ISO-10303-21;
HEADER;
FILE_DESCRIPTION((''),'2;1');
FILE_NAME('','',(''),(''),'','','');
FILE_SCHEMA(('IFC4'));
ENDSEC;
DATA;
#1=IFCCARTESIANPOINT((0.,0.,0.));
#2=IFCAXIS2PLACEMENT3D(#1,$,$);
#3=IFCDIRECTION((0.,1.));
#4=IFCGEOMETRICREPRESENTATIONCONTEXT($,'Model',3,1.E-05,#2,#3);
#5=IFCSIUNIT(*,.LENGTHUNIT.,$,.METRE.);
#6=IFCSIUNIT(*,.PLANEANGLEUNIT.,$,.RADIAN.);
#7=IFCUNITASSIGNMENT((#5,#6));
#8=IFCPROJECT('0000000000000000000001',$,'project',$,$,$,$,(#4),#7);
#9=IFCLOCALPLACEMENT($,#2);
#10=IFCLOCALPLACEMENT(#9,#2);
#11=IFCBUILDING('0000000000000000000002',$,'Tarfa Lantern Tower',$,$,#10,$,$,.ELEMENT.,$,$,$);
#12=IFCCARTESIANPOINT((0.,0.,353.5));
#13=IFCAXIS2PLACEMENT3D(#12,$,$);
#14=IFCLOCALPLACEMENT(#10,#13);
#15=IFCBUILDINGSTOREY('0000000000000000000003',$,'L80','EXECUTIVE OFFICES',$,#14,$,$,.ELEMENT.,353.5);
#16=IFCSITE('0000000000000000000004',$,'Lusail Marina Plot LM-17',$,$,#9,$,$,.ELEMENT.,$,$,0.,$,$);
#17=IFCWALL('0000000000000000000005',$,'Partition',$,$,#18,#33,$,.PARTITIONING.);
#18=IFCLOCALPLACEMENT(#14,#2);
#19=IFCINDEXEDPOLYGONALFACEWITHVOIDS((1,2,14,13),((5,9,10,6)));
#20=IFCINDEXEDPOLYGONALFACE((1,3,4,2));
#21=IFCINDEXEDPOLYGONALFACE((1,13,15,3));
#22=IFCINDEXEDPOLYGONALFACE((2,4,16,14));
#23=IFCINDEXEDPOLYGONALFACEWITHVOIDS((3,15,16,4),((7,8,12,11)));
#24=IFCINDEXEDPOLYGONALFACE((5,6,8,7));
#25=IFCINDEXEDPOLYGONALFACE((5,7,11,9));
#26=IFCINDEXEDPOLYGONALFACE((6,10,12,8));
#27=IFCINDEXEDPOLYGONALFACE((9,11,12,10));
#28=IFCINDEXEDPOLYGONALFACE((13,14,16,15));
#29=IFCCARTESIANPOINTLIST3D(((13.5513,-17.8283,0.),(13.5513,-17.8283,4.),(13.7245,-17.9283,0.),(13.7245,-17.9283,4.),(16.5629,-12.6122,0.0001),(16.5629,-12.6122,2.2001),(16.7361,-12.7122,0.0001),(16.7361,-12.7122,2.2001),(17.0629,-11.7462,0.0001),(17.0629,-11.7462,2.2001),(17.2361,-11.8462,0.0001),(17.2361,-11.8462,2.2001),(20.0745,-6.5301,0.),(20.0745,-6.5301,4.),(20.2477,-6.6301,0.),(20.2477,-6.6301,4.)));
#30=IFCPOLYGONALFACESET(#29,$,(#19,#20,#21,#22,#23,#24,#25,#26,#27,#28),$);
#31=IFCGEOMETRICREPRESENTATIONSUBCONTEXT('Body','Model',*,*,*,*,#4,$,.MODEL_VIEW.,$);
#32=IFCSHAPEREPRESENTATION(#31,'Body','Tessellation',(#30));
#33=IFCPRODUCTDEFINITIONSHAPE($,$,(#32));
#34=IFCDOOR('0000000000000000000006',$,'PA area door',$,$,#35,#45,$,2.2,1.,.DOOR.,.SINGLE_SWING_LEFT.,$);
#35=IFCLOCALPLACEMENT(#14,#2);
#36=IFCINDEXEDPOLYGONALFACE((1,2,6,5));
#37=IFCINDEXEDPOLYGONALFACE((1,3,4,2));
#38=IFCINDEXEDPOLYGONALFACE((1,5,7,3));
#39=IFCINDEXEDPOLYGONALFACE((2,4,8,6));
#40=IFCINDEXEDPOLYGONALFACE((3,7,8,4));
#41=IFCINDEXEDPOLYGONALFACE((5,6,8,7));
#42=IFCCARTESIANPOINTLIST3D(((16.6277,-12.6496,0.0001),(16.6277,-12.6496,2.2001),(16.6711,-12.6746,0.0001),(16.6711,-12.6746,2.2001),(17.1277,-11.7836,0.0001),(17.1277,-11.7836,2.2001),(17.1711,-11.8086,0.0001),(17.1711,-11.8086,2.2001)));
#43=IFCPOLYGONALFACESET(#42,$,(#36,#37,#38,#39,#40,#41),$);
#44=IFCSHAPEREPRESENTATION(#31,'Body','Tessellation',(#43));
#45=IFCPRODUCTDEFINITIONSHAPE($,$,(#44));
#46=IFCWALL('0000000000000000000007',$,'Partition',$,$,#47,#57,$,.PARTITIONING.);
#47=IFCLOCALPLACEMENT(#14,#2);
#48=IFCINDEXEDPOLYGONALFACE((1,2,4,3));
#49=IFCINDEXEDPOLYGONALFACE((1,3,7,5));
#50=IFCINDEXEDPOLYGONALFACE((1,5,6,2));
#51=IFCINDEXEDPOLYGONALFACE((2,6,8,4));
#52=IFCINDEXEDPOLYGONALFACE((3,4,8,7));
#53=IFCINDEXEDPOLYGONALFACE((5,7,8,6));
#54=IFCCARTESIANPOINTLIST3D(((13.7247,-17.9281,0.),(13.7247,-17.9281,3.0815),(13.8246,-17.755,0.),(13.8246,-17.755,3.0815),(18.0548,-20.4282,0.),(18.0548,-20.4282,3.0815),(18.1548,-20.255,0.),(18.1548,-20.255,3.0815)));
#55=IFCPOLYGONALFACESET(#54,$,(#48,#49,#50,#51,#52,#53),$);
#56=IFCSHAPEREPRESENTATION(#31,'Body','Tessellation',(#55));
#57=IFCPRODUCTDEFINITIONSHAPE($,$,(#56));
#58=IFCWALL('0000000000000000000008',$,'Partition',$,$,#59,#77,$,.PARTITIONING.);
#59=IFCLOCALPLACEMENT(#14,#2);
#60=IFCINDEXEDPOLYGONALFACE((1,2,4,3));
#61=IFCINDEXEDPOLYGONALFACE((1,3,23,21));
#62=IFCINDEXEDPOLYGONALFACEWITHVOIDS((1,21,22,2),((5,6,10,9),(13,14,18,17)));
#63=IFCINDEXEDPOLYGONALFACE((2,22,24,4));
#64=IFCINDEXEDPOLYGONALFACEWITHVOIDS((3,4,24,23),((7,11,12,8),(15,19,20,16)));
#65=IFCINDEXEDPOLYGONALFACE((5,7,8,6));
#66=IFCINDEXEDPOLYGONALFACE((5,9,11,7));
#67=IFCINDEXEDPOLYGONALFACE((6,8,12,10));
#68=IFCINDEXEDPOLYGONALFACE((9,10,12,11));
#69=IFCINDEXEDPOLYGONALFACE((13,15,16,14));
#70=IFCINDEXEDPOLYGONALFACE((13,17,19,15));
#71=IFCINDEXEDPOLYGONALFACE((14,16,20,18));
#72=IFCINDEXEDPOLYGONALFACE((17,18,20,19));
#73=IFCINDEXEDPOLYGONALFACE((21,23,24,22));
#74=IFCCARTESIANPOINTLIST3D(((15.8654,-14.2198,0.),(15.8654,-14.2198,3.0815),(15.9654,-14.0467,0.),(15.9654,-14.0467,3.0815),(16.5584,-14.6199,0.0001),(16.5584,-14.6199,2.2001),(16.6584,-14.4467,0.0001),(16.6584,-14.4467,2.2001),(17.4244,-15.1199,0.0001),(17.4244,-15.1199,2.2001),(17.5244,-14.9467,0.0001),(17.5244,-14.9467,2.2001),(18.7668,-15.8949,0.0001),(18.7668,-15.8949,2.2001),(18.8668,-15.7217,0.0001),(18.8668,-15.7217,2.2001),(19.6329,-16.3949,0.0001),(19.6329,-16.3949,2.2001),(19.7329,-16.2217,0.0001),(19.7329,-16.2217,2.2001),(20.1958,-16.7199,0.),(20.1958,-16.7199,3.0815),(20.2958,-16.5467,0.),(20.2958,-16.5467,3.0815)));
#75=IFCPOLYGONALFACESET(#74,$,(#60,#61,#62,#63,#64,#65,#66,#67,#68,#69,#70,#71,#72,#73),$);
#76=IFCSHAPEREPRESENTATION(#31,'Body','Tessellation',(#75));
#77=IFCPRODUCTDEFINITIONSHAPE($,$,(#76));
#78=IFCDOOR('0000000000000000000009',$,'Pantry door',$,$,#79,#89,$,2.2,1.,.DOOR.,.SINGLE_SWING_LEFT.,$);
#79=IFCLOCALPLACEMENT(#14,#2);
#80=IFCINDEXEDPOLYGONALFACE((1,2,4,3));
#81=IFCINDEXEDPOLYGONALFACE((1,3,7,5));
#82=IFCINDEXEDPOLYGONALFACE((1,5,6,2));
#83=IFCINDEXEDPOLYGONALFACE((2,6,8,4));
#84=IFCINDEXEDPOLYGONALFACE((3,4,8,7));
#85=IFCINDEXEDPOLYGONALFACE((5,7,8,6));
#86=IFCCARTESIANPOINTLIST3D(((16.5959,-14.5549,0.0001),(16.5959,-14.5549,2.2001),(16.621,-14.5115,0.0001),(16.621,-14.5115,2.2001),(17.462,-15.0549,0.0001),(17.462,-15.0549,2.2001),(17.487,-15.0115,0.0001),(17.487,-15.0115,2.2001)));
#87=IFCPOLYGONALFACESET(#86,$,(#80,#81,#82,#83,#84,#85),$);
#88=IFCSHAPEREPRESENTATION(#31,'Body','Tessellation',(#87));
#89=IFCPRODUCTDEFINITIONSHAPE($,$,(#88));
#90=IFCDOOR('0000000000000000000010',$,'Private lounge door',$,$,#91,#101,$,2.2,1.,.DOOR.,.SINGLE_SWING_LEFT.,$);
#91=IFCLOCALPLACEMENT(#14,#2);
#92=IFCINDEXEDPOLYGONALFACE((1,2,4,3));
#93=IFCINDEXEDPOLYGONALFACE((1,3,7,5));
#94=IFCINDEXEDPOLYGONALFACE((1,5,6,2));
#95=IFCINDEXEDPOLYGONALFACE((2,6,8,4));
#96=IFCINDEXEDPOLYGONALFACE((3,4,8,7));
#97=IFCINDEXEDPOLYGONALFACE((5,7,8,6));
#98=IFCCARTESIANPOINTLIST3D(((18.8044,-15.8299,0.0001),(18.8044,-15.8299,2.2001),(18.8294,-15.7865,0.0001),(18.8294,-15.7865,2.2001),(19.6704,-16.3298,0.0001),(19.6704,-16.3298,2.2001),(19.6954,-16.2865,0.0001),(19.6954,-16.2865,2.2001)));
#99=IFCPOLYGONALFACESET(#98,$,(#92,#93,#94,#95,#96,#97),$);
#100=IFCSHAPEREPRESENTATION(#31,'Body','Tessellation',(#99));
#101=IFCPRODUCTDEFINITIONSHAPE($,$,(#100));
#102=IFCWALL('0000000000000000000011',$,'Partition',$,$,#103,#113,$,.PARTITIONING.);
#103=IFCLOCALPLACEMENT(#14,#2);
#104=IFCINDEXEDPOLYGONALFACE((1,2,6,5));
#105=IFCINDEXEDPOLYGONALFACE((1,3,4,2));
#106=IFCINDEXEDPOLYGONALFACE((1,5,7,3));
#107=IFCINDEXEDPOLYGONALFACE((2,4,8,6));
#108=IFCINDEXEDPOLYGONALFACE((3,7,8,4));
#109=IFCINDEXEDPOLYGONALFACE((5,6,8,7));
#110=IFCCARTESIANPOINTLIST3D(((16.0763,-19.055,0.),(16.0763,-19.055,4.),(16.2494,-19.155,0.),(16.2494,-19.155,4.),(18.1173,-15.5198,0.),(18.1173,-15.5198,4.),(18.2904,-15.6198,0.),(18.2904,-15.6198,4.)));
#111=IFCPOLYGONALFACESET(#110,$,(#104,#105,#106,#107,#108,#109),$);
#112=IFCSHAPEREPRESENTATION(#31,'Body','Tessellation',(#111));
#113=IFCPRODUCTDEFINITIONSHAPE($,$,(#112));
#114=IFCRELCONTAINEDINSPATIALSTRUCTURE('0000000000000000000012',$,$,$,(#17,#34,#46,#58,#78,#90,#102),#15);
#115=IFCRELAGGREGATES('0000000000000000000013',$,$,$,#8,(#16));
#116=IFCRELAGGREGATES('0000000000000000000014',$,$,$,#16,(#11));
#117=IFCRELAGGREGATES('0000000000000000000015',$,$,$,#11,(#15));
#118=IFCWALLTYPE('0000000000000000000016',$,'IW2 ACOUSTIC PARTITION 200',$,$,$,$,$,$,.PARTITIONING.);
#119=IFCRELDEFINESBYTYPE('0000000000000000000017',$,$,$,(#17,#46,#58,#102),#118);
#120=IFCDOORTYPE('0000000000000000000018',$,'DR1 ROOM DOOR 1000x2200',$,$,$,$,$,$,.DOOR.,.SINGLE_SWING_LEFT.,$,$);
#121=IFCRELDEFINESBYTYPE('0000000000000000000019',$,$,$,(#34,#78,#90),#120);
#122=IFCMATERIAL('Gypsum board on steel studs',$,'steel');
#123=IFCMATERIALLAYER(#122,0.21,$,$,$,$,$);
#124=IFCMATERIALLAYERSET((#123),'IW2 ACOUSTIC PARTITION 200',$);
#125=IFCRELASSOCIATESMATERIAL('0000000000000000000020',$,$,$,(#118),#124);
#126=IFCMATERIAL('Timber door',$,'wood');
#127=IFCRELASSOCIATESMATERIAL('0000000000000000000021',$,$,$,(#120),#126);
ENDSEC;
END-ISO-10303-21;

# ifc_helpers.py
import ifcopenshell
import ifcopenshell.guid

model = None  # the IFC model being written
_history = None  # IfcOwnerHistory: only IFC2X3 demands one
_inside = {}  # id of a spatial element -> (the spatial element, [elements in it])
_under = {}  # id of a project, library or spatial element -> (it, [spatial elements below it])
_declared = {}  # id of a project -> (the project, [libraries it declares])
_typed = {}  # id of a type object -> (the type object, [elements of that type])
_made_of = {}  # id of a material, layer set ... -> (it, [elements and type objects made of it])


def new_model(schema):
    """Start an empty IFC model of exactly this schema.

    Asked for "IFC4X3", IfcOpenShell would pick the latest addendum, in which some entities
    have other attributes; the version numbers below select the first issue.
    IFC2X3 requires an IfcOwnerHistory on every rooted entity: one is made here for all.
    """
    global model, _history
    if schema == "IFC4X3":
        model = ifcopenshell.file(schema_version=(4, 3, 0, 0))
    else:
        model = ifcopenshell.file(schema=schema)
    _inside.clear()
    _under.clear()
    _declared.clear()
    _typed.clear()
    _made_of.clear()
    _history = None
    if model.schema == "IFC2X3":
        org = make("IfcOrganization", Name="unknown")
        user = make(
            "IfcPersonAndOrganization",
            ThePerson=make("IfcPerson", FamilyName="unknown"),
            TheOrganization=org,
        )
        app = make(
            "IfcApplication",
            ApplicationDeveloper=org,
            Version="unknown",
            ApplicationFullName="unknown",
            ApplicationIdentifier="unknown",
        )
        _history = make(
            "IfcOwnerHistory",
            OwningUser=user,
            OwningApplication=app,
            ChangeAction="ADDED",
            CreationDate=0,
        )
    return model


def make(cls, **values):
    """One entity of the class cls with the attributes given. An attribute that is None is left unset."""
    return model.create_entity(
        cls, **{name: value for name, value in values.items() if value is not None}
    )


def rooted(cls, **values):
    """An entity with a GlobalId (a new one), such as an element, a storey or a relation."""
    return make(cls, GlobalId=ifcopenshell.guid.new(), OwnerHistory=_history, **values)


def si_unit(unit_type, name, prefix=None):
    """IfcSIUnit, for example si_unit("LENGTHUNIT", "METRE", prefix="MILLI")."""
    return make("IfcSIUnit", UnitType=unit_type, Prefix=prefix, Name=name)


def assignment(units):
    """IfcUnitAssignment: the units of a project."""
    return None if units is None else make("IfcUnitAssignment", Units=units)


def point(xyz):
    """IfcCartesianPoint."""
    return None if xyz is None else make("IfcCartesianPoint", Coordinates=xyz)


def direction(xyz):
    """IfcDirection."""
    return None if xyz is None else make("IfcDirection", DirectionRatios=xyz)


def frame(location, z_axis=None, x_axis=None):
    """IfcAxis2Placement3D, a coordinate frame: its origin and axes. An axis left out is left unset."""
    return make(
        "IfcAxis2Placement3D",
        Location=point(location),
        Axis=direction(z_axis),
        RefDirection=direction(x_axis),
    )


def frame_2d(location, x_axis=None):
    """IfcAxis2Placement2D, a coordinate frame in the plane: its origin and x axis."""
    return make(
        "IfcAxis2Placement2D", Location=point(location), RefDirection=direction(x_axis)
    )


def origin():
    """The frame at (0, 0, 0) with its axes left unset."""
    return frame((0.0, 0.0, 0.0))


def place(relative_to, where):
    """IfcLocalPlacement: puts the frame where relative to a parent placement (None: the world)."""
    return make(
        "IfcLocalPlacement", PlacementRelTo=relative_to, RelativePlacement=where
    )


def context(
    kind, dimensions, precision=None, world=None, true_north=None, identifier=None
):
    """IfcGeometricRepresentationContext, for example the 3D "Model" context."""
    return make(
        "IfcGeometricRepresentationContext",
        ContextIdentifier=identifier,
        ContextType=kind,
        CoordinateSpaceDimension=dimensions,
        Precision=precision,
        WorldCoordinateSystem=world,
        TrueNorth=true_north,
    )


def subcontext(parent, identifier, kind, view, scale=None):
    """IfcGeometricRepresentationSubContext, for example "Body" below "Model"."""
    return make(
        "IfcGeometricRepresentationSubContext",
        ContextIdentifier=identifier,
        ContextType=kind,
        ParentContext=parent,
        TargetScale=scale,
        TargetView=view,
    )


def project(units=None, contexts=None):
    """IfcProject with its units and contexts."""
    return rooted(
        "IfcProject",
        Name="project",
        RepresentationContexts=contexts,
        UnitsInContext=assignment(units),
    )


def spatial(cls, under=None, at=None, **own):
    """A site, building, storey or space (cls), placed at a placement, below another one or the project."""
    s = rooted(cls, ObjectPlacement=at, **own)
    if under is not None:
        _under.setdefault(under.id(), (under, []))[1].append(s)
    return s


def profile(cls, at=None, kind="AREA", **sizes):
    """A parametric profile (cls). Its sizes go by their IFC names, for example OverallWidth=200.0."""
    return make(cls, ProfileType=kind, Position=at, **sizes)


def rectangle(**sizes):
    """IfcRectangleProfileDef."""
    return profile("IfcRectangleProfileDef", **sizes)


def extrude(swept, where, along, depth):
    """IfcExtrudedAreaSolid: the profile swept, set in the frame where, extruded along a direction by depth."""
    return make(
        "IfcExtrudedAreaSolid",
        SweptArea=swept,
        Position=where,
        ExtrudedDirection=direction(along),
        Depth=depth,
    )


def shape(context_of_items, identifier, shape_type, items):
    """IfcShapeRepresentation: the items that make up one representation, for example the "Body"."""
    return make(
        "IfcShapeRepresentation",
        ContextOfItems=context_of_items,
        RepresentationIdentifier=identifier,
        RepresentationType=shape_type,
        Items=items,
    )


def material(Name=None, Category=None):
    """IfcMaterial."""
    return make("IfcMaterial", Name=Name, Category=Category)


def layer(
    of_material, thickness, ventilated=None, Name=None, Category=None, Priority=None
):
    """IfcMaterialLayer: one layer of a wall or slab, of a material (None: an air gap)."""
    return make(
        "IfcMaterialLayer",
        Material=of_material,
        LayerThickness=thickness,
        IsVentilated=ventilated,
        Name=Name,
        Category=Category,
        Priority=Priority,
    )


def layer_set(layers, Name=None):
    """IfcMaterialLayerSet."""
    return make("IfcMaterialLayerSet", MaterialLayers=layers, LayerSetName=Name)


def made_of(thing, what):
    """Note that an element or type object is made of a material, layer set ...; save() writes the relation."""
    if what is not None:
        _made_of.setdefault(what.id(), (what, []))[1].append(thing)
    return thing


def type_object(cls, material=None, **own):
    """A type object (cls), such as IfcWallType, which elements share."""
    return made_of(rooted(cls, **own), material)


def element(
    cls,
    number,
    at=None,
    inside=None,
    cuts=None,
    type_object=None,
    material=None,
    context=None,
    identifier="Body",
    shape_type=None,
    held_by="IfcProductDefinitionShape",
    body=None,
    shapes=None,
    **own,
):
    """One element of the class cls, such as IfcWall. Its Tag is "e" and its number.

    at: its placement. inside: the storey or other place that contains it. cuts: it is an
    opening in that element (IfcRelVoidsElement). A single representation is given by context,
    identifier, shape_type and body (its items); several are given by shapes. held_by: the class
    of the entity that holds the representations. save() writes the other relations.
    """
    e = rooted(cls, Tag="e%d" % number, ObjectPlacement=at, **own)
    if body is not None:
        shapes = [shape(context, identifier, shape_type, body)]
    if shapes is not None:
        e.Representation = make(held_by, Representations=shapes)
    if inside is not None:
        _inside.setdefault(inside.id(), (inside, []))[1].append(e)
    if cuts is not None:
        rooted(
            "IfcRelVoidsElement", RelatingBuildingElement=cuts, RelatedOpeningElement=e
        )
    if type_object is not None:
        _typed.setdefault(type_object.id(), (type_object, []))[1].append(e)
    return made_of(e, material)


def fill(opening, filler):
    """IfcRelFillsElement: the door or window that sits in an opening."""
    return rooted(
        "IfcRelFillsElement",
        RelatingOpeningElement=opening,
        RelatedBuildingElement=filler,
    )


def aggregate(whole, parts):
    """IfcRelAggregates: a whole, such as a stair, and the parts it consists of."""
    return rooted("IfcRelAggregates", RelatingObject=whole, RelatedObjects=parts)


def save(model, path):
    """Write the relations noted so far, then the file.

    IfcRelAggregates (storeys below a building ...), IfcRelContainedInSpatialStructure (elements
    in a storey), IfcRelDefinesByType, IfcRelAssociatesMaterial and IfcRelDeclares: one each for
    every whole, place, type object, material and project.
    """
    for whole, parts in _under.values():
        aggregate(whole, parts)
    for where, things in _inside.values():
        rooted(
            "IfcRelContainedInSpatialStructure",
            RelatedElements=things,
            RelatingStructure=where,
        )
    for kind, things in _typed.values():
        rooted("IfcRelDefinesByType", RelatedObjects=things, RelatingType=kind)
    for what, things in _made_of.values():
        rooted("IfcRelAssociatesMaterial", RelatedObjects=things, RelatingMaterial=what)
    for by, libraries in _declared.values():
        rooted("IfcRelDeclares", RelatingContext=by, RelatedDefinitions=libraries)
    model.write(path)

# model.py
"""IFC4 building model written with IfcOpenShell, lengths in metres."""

from ifc_helpers import new_model, si_unit, direction, frame, frame_2d, origin, place, context, subcontext, project, spatial, rectangle, extrude, material, layer, layer_set, type_object, element, fill, save


model = new_model("IFC4")

# Units and contexts
model_context = context("Model", 3, precision=1e-05, world=origin(), true_north=direction((0.0, 1.0)))
body_context = subcontext(model_context, "Body", "Model", "MODEL_VIEW")
ifc_project = project(units=[si_unit("LENGTHUNIT", "METRE"), si_unit("PLANEANGLEUNIT", "RADIAN")], contexts=[model_context])

# Site, building, storey
site_placement = place(None, origin())
site = spatial("IfcSite", under=ifc_project, at=site_placement, Name="Lusail Marina Plot LM-17", CompositionType="ELEMENT", RefElevation=0.0)
building_placement = place(site_placement, origin())
building = spatial("IfcBuilding", under=site, at=building_placement, Name="Tarfa Lantern Tower", CompositionType="ELEMENT")
storey_placement = place(building_placement, frame((0.0, 0.0, 353.5)))
storey = spatial("IfcBuildingStorey", under=building, at=storey_placement, Name="L80", Description="EXECUTIVE OFFICES", CompositionType="ELEMENT", Elevation=353.5)

# Wall, opening, door
ifc_material_1 = material(Name="Gypsum board on steel studs", Category="steel")
ifc_layer_1 = layer(ifc_material_1, 0.21)
ifc_layer_set_1 = layer_set([ifc_layer_1], Name="IW2 ACOUSTIC PARTITION 200")
wall_type_1 = type_object("IfcWallType", Name="IW2 ACOUSTIC PARTITION 200", PredefinedType="PARTITIONING", material=ifc_layer_set_1)
wall_1_placement = place(storey_placement, frame((13.6379, -17.8782, 0.0), z_axis=(0.0, 0.0, 1.0), x_axis=(0.500013, 0.866018, 0.0)))
wall_1 = element("IfcWall", 1, at=wall_1_placement, inside=storey, type_object=wall_type_1, Name="Partition", PredefinedType="PARTITIONING", context=body_context, shape_type="SweptSolid", body=[
    extrude(rectangle(XDim=13.0461, YDim=0.2, at=frame_2d((6.5229, 0.0))), origin(), (0.0, 0.0, 1.0), 4.0),
])
opening_1_placement = place(wall_1_placement, frame((6.0229, 0.0, 0.0)))
opening_1 = element("IfcOpeningElement", 2, at=opening_1_placement, cuts=wall_1, PredefinedType="OPENING", context=body_context, shape_type="SweptSolid", body=[
    extrude(rectangle(XDim=1.0, YDim=2.2, at=frame_2d((0.5, 1.1001))), frame((0.0, 0.1099, 0.0), z_axis=(0.0, -1.0, 0.0), x_axis=(1.0, 0.0, 0.0)), (0.0, 0.0, 1.0), 0.22),
])
ifc_material_2 = material(Name="Timber door", Category="wood")
door_type_1 = type_object("IfcDoorType", Name="DR1 ROOM DOOR 1000x2200", OperationType="SINGLE_SWING_LEFT", PredefinedType="DOOR", material=ifc_material_2)
door_1_placement = place(opening_1_placement, frame((1.0, 0.0, 0.0), z_axis=(0.0, 0.0, 1.0), x_axis=(-1.0, 0.0, 0.0)))
door_1 = element("IfcDoor", 3, at=door_1_placement, inside=storey, type_object=door_type_1, Name="PA area door", OperationType="SINGLE_SWING_LEFT", OverallHeight=2.2, OverallWidth=1.0, PredefinedType="DOOR", context=body_context, shape_type="SweptSolid", body=[
    extrude(rectangle(XDim=1.0, YDim=2.2, at=frame_2d((0.5, 1.1001))), frame((0.0, 0.0249, 0.0), z_axis=(0.0, -1.0, 0.0), x_axis=(1.0, 0.0, 0.0)), (0.0, 0.0, 1.0), 0.05),
])
fill(opening_1, door_1)

# Wall
wall_2_placement = place(storey_placement, frame((13.7747, -17.8416, 0.0), z_axis=(0.0, 0.0, 1.0), x_axis=(0.866023, -0.500004, 0.0)))
element("IfcWall", 4, at=wall_2_placement, inside=storey, type_object=wall_type_1, Name="Partition", PredefinedType="PARTITIONING", context=body_context, shape_type="SweptSolid", body=[
    extrude(rectangle(XDim=5.0, YDim=0.2, at=frame_2d((2.5, 0.0))), origin(), (0.0, 0.0, 1.0), 3.0815),
])

# Wall, openings, doors
wall_3_placement = place(storey_placement, frame((15.9155, -14.1333, 0.0), z_axis=(0.0, 0.0, 1.0), x_axis=(0.866035, -0.499983, 0.0)))
wall_3 = element("IfcWall", 5, at=wall_3_placement, inside=storey, type_object=wall_type_1, Name="Partition", PredefinedType="PARTITIONING", context=body_context, shape_type="SweptSolid", body=[
    extrude(rectangle(XDim=5.0002, YDim=0.2, at=frame_2d((2.5, 0.0))), origin(), (0.0, 0.0, 1.0), 3.0815),
])
opening_2_placement = place(wall_3_placement, frame((0.8, 0.0, 0.0)))
opening_2 = element("IfcOpeningElement", 6, at=opening_2_placement, cuts=wall_3, PredefinedType="OPENING", context=body_context, shape_type="SweptSolid", body=[
    extrude(rectangle(XDim=1.0, YDim=2.2, at=frame_2d((0.5, 1.1001))), frame((0.0, 0.1099, 0.0), z_axis=(0.0, -1.0, 0.0), x_axis=(1.0, 0.0, 0.0)), (0.0, 0.0, 1.0), 0.22),
])
opening_3_placement = place(wall_3_placement, frame((3.3501, 0.0, 0.0)))
opening_3 = element("IfcOpeningElement", 7, at=opening_3_placement, cuts=wall_3, PredefinedType="OPENING", context=body_context, shape_type="SweptSolid", body=[
    extrude(rectangle(XDim=1.0, YDim=2.2, at=frame_2d((0.5, 1.1001))), frame((0.0, 0.1099, 0.0), z_axis=(0.0, -1.0, 0.0), x_axis=(1.0, 0.0, 0.0)), (0.0, 0.0, 1.0), 0.22),
])
door_2_placement = place(opening_2_placement, frame((1.0, 0.0, 0.0), z_axis=(0.0, 0.0, 1.0), x_axis=(-1.0, 0.0, 0.0)))
door_2 = element("IfcDoor", 8, at=door_2_placement, inside=storey, type_object=door_type_1, Name="Pantry door", OperationType="SINGLE_SWING_LEFT", OverallHeight=2.2, OverallWidth=1.0, PredefinedType="DOOR", context=body_context, shape_type="SweptSolid", body=[
    extrude(rectangle(XDim=1.0, YDim=2.2, at=frame_2d((0.5, 1.1001))), frame((0.0, 0.0249, 0.0), z_axis=(0.0, -1.0, 0.0), x_axis=(1.0, 0.0, 0.0)), (0.0, 0.0, 1.0), 0.05),
])
fill(opening_2, door_2)
door_3_placement = place(opening_3_placement, frame((1.0, 0.0, 0.0), z_axis=(0.0, 0.0, 1.0), x_axis=(-1.0, 0.0, 0.0)))
door_3 = element("IfcDoor", 9, at=door_3_placement, inside=storey, type_object=door_type_1, Name="Private lounge door", OperationType="SINGLE_SWING_LEFT", OverallHeight=2.2, OverallWidth=1.0, PredefinedType="DOOR", context=body_context, shape_type="SweptSolid", body=[
    extrude(rectangle(XDim=1.0, YDim=2.2, at=frame_2d((0.5, 1.1001))), frame((0.0, 0.0249, 0.0), z_axis=(0.0, -1.0, 0.0), x_axis=(1.0, 0.0, 0.0)), (0.0, 0.0, 1.0), 0.05),
])
fill(opening_3, door_3)

# Wall
wall_4_placement = place(storey_placement, frame((16.1628, -19.105, 0.0), z_axis=(0.0, 0.0, 1.0), x_axis=(0.499999, 0.866026, 0.0)))
element("IfcWall", 10, at=wall_4_placement, inside=storey, type_object=wall_type_1, Name="Partition", PredefinedType="PARTITIONING", context=body_context, shape_type="SweptSolid", body=[
    extrude(rectangle(XDim=4.082, YDim=0.2, at=frame_2d((2.041, 0.0))), origin(), (0.0, 0.0, 1.0), 4.0),
])

save(model, "model.ifc")
